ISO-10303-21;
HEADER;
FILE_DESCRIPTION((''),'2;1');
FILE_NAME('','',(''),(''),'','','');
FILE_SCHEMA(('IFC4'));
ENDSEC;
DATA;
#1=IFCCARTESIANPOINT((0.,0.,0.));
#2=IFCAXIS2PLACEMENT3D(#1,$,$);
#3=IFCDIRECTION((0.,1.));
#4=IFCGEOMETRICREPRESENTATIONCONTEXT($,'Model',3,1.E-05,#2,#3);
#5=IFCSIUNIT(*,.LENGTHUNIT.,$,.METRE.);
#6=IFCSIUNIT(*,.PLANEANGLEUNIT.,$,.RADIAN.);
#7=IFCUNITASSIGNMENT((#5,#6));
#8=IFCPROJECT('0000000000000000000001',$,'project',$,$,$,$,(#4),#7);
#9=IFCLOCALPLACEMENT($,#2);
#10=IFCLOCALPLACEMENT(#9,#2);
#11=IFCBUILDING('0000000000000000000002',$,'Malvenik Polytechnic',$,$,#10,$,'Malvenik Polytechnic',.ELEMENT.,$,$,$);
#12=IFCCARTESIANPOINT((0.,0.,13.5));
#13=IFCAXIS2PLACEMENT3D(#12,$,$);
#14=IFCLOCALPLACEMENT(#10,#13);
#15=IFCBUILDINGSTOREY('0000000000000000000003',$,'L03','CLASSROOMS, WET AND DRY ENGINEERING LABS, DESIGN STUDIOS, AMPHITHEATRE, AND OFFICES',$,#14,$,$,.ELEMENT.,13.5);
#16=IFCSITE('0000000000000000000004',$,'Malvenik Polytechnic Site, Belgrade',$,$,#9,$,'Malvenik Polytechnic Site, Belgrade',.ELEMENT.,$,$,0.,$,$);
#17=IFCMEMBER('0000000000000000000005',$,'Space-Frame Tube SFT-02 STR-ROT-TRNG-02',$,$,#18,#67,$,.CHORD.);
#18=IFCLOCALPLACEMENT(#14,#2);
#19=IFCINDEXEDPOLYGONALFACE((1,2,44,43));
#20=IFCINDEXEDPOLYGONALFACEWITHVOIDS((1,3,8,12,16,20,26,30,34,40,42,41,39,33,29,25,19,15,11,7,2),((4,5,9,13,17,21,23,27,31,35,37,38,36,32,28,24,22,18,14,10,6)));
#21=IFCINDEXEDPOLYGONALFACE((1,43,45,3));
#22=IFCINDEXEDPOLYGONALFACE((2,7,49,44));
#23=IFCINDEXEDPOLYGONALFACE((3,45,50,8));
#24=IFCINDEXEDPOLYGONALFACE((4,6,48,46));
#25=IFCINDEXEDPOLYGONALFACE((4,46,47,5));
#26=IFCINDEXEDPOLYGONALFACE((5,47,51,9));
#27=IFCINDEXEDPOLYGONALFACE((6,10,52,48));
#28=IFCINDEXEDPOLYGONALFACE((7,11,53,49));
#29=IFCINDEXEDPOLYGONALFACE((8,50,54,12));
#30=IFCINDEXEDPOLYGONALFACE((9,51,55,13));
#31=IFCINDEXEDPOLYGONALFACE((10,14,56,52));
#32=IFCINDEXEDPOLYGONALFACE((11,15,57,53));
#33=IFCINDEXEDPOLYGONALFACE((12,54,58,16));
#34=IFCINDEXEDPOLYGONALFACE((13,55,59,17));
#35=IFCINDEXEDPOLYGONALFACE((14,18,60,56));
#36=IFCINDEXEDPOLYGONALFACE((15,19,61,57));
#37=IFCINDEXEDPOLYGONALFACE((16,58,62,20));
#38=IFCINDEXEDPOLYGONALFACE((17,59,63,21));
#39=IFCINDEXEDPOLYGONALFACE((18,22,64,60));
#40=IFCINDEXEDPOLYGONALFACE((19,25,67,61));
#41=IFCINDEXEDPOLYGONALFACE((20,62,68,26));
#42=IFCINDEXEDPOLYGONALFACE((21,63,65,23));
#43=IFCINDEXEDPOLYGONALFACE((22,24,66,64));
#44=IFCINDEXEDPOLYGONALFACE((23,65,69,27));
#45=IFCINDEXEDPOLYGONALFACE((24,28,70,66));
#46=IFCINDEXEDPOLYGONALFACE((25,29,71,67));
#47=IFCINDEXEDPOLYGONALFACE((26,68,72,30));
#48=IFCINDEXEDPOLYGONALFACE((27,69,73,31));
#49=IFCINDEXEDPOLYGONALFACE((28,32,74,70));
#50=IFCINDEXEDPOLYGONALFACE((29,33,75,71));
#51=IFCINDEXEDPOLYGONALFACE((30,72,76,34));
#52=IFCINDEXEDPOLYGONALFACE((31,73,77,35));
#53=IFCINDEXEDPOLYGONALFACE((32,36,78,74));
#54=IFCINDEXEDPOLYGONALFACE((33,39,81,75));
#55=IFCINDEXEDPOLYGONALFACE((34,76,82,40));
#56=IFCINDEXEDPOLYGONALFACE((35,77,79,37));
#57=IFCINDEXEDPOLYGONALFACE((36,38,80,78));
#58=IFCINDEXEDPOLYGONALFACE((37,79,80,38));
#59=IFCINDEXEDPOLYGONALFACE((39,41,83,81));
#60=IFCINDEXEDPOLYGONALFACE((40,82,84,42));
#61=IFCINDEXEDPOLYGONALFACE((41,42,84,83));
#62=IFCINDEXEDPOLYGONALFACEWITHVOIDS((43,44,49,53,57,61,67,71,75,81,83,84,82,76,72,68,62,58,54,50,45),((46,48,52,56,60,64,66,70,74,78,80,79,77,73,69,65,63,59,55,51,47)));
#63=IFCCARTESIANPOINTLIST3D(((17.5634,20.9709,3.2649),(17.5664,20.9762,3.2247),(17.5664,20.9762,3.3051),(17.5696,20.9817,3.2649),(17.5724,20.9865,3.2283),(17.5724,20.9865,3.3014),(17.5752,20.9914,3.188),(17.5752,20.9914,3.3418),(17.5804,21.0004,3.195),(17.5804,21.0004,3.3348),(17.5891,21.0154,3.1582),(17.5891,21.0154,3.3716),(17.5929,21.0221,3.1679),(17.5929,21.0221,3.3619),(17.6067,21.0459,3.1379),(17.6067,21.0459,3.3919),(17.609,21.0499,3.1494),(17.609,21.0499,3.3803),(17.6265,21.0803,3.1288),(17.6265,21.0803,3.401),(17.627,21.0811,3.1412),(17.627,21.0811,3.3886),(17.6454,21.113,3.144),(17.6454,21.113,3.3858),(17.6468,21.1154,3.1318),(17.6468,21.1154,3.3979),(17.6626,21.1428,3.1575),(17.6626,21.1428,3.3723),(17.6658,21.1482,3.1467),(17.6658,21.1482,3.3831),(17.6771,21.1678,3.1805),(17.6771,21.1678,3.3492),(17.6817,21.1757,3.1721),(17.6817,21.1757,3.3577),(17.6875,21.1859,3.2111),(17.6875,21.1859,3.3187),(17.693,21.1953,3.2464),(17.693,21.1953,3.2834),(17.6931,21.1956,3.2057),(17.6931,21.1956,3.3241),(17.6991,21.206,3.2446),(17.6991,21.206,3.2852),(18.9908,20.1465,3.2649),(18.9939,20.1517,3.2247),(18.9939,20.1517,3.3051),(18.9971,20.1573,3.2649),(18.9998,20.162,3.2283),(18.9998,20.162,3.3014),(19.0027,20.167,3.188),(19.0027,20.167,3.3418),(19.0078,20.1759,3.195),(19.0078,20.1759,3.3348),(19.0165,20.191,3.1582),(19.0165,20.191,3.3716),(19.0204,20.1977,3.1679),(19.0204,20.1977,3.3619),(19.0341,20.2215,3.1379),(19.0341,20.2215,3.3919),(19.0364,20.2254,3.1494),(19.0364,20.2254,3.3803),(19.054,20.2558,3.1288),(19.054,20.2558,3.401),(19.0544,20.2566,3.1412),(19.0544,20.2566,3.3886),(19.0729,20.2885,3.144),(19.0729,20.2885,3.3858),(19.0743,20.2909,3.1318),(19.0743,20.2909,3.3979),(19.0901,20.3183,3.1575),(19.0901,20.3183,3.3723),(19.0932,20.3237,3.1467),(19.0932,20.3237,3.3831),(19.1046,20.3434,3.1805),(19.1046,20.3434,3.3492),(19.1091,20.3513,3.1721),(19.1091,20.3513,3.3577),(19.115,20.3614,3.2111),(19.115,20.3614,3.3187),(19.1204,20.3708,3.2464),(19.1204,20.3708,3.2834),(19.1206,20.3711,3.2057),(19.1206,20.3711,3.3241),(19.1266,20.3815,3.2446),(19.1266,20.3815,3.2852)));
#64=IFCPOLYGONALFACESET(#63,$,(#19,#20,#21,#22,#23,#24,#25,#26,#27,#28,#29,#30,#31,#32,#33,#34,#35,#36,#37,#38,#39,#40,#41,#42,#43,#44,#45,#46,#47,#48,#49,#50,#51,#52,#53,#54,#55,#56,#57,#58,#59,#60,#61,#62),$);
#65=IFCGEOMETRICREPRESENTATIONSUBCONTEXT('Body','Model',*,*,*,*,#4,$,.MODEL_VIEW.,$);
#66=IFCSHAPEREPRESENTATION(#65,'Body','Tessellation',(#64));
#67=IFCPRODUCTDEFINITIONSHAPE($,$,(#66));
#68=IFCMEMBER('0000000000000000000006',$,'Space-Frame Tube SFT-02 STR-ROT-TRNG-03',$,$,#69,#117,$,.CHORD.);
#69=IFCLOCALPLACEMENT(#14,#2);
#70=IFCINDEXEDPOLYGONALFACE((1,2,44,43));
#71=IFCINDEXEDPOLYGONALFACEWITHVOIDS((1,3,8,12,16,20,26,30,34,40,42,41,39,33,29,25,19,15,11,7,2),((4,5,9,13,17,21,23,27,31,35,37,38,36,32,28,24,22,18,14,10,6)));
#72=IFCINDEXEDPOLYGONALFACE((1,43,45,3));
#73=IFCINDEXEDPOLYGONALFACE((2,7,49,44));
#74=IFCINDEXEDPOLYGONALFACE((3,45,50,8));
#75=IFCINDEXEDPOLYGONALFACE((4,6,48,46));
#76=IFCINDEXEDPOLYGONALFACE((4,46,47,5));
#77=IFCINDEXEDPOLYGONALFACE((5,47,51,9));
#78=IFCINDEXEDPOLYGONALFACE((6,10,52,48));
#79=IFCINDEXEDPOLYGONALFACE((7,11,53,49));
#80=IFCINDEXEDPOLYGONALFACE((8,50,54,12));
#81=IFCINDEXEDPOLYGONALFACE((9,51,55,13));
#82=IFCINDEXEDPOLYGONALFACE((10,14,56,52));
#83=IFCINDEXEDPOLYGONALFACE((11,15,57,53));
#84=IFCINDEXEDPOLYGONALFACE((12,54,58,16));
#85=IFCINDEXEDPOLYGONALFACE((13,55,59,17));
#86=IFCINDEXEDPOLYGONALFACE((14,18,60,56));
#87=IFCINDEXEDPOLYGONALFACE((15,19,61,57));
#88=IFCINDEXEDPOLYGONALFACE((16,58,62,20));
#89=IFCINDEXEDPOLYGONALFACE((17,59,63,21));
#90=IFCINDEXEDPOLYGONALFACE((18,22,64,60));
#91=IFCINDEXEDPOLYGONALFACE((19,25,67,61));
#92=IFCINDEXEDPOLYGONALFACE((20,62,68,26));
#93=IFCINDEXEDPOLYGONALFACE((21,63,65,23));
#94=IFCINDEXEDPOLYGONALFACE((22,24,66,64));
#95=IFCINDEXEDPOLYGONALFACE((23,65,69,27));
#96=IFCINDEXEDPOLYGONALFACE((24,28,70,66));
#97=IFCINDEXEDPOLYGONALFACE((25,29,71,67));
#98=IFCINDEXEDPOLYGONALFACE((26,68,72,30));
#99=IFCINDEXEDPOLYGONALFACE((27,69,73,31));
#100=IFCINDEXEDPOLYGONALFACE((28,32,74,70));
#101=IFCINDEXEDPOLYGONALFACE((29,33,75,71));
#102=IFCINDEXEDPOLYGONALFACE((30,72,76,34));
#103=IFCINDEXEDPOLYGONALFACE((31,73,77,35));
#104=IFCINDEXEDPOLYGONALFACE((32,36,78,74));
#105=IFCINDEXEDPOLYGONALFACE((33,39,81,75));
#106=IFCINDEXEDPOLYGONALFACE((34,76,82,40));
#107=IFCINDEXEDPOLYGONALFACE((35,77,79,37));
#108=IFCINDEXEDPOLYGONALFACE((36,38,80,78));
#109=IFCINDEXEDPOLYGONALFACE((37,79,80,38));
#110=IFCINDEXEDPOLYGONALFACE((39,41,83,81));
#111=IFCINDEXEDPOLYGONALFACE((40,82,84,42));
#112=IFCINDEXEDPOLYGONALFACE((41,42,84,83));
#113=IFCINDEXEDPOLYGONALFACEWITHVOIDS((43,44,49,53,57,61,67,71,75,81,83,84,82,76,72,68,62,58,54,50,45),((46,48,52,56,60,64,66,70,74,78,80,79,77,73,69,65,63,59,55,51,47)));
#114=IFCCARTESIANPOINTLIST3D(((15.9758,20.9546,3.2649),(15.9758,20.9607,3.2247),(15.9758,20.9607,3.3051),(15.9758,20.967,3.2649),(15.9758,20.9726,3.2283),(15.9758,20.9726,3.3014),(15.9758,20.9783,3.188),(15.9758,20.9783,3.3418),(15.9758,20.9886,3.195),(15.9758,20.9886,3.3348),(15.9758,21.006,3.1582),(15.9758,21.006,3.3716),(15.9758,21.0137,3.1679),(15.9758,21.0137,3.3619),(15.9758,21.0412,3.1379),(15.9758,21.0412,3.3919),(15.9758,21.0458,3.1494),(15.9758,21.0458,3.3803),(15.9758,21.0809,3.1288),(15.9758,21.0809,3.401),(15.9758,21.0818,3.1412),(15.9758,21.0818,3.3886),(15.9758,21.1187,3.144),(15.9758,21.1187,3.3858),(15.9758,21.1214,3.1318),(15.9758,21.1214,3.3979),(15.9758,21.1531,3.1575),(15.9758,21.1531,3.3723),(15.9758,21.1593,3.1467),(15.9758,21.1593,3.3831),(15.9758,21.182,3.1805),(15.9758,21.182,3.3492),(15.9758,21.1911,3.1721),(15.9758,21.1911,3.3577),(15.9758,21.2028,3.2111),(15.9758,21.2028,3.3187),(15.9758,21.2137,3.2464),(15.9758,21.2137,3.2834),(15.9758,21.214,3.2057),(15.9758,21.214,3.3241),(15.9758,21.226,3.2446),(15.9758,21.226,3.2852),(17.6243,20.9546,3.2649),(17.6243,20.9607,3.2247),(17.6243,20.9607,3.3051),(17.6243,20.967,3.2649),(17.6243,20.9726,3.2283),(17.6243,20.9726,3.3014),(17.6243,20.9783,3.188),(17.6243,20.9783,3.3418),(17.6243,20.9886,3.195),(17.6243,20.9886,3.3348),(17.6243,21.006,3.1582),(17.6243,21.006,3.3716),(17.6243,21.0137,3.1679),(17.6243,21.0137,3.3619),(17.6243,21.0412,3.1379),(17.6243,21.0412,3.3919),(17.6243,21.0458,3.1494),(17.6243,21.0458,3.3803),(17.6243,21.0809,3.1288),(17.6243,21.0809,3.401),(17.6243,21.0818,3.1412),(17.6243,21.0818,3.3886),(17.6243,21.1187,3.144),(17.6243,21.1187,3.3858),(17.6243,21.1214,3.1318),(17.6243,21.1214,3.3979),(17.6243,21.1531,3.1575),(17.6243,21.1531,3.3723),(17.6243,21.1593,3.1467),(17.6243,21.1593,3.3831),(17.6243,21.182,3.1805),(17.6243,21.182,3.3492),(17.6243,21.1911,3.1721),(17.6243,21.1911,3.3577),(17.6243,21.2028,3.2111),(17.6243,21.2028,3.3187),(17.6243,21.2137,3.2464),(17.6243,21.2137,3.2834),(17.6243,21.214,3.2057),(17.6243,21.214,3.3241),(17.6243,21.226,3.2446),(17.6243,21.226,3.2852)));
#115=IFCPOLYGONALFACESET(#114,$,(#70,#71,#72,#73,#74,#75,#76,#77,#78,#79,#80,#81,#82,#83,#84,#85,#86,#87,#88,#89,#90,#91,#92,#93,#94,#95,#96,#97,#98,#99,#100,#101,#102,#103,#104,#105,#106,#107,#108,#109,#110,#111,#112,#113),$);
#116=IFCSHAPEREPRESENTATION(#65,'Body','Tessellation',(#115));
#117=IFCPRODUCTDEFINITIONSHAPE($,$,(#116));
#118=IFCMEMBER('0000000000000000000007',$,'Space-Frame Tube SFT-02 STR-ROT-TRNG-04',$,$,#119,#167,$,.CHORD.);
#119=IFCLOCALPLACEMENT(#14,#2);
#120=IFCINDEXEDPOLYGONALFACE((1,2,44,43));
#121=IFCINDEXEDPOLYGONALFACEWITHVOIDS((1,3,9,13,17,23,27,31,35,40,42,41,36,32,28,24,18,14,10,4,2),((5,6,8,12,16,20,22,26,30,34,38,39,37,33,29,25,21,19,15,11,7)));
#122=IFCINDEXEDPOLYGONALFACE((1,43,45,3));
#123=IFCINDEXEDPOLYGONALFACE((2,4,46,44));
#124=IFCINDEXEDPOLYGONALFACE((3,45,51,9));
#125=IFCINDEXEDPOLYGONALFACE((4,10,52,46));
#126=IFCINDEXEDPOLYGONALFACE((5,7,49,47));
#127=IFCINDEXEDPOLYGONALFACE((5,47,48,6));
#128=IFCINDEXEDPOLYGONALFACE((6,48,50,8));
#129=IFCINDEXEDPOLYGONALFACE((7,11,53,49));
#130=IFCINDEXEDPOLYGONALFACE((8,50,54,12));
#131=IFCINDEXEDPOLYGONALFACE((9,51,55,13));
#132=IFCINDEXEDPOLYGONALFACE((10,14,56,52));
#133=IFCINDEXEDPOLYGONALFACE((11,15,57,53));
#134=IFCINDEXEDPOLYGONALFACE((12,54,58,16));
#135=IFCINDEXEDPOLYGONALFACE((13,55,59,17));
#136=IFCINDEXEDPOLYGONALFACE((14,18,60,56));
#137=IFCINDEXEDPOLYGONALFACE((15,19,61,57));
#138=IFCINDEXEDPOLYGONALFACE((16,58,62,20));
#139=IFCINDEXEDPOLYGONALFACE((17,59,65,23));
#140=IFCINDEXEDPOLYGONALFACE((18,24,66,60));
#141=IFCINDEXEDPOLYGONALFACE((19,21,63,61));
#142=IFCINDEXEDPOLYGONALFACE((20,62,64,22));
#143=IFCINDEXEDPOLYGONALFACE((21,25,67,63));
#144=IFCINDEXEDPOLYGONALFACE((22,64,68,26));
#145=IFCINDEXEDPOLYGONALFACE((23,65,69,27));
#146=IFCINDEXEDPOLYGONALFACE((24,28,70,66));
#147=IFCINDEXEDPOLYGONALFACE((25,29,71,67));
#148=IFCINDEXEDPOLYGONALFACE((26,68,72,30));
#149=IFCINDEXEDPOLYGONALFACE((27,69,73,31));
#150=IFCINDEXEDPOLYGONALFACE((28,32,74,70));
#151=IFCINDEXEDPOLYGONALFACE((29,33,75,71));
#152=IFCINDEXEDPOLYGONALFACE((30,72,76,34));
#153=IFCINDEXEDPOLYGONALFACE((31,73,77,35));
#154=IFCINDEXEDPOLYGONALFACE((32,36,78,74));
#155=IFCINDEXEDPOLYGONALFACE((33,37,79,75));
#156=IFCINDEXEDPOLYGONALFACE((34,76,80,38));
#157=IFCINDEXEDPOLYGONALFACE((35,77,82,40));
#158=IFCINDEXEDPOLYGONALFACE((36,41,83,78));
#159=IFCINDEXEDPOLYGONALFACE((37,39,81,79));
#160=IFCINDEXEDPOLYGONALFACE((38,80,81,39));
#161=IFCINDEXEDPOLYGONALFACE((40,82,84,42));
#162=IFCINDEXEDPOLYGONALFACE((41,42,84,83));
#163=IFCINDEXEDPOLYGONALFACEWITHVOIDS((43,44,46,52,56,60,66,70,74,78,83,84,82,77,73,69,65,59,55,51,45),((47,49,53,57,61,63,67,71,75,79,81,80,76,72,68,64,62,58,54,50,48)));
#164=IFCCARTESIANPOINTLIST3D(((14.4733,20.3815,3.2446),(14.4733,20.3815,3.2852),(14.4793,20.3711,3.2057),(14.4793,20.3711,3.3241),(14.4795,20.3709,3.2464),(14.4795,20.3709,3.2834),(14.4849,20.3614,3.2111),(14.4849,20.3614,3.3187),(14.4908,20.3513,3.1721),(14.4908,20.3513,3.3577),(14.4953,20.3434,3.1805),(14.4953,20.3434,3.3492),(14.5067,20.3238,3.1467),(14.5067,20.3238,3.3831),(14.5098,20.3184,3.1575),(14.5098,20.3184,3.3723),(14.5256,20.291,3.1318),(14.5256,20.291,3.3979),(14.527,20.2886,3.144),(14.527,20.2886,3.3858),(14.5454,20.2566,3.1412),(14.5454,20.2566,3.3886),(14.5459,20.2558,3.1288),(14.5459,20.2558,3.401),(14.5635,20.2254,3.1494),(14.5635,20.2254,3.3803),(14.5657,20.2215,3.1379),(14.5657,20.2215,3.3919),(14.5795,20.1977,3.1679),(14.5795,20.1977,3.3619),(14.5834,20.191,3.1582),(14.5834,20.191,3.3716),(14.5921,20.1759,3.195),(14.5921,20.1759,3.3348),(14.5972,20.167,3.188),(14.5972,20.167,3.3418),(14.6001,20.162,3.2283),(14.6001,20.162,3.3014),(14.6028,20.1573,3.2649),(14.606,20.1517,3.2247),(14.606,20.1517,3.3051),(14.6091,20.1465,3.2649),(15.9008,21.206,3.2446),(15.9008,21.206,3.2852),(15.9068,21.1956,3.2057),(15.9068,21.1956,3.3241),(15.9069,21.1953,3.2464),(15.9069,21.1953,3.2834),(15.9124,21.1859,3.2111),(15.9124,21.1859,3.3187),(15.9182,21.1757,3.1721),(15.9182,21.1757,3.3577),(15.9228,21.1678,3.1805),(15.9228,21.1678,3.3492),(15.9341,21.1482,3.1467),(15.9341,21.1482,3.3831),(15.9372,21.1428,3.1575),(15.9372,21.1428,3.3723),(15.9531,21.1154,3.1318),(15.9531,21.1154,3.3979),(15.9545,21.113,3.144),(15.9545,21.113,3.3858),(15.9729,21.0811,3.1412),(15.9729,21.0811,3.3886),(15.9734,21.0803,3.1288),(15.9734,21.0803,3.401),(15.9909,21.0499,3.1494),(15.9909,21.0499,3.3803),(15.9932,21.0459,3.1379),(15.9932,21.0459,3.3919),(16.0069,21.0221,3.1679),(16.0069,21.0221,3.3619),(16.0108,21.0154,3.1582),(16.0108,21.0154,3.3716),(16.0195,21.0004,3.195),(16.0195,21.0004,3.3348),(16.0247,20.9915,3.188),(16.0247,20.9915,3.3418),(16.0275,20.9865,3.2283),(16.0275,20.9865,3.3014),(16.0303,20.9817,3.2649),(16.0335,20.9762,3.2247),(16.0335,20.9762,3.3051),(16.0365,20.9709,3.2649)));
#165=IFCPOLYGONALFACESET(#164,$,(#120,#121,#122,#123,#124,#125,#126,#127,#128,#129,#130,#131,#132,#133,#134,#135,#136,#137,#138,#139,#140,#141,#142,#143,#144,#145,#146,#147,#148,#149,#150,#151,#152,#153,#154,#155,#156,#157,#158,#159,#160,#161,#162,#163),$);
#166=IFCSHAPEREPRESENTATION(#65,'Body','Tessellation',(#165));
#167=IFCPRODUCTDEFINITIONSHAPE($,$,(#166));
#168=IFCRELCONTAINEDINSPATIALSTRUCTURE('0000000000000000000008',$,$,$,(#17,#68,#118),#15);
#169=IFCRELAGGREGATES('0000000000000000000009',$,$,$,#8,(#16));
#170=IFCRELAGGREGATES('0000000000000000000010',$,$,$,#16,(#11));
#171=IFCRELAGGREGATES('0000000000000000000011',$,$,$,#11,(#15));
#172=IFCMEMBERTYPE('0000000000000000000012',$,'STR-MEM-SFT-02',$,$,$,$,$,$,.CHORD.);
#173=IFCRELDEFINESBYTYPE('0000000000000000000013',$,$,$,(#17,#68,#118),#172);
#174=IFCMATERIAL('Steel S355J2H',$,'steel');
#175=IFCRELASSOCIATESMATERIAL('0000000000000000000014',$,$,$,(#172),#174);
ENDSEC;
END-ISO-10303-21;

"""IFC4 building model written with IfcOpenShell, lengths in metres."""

from ifc_helpers import new_model, si_unit, direction, frame, origin, origin_2d, place, context, subcontext, project, spatial, hollow_circle, extrude, material, material_profile, profile_set, type_object, element, save


model = new_model("IFC4")

# Units and contexts
model_context = context("Model", 3, precision=1e-05, world=origin(), true_north=direction((0.0, 1.0)))
body_context = subcontext(model_context, "Body", "Model", "MODEL_VIEW")
ifc_project = project(units=[si_unit("LENGTHUNIT", "METRE"), si_unit("PLANEANGLEUNIT", "RADIAN")], contexts=[model_context])

# Site, building, storey
site_placement = place(None, origin())
site = spatial("IfcSite", under=ifc_project, at=site_placement, Name="Malvenik Polytechnic Site, Belgrade", LongName="Malvenik Polytechnic Site, Belgrade", CompositionType="ELEMENT", RefElevation=0.0)
building_placement = place(site_placement, origin())
building = spatial("IfcBuilding", under=site, at=building_placement, Name="Malvenik Polytechnic", LongName="Malvenik Polytechnic", CompositionType="ELEMENT")
storey_placement = place(building_placement, frame((0.0, 0.0, 13.5)))
storey = spatial("IfcBuildingStorey", under=building, at=storey_placement, Name="L03", Description="CLASSROOMS, WET AND DRY ENGINEERING LABS, DESIGN STUDIOS, AMPHITHEATRE, AND OFFICES", CompositionType="ELEMENT", Elevation=13.5)

# Members
ifc_material_1 = material(Name="Steel S355J2H", Category="steel")
ifc_material_profile_1 = material_profile(ifc_material_1, hollow_circle(Radius=0.1365, WallThickness=0.0125, at=origin_2d()), Name="CHS 273.0x12.5")
ifc_profile_set_1 = profile_set([ifc_material_profile_1], Name="Steel S355J2H")
member_type_1 = type_object("IfcMemberType", Name="STR-MEM-SFT-02", PredefinedType="CHORD", material=ifc_profile_set_1)
for number, where, z_axis, x_axis, name in (
    (1, (19.0591, 20.2646, 3.2649), (-0.865946, 0.500137, 0.0), (-0.500137, -0.865946, 0.0), "Space-Frame Tube SFT-02 STR-ROT-TRNG-02"),
    (2, (17.6243, 21.0911, 3.2649), (-1.0, 0.0, 0.0), (0.0, -1.0, 0.0), "Space-Frame Tube SFT-02 STR-ROT-TRNG-03"),
    (3, (15.9683, 21.0891, 3.2649), (-0.865946, -0.500137, 0.0), (0.500137, -0.865946, 0.0), "Space-Frame Tube SFT-02 STR-ROT-TRNG-04"),
):
    element("IfcMember", number, at=place(storey_placement, frame(where, z_axis=z_axis, x_axis=x_axis)), inside=storey, type_object=member_type_1, Name=name, PredefinedType="CHORD", context=body_context, shape_type="SweptSolid", body=[
        extrude(hollow_circle(Radius=0.1365, WallThickness=0.0125, at=origin_2d()), origin(), (0.0, 0.0, 1.0), 1.6484),
    ])

save(model, "model.ifc")
